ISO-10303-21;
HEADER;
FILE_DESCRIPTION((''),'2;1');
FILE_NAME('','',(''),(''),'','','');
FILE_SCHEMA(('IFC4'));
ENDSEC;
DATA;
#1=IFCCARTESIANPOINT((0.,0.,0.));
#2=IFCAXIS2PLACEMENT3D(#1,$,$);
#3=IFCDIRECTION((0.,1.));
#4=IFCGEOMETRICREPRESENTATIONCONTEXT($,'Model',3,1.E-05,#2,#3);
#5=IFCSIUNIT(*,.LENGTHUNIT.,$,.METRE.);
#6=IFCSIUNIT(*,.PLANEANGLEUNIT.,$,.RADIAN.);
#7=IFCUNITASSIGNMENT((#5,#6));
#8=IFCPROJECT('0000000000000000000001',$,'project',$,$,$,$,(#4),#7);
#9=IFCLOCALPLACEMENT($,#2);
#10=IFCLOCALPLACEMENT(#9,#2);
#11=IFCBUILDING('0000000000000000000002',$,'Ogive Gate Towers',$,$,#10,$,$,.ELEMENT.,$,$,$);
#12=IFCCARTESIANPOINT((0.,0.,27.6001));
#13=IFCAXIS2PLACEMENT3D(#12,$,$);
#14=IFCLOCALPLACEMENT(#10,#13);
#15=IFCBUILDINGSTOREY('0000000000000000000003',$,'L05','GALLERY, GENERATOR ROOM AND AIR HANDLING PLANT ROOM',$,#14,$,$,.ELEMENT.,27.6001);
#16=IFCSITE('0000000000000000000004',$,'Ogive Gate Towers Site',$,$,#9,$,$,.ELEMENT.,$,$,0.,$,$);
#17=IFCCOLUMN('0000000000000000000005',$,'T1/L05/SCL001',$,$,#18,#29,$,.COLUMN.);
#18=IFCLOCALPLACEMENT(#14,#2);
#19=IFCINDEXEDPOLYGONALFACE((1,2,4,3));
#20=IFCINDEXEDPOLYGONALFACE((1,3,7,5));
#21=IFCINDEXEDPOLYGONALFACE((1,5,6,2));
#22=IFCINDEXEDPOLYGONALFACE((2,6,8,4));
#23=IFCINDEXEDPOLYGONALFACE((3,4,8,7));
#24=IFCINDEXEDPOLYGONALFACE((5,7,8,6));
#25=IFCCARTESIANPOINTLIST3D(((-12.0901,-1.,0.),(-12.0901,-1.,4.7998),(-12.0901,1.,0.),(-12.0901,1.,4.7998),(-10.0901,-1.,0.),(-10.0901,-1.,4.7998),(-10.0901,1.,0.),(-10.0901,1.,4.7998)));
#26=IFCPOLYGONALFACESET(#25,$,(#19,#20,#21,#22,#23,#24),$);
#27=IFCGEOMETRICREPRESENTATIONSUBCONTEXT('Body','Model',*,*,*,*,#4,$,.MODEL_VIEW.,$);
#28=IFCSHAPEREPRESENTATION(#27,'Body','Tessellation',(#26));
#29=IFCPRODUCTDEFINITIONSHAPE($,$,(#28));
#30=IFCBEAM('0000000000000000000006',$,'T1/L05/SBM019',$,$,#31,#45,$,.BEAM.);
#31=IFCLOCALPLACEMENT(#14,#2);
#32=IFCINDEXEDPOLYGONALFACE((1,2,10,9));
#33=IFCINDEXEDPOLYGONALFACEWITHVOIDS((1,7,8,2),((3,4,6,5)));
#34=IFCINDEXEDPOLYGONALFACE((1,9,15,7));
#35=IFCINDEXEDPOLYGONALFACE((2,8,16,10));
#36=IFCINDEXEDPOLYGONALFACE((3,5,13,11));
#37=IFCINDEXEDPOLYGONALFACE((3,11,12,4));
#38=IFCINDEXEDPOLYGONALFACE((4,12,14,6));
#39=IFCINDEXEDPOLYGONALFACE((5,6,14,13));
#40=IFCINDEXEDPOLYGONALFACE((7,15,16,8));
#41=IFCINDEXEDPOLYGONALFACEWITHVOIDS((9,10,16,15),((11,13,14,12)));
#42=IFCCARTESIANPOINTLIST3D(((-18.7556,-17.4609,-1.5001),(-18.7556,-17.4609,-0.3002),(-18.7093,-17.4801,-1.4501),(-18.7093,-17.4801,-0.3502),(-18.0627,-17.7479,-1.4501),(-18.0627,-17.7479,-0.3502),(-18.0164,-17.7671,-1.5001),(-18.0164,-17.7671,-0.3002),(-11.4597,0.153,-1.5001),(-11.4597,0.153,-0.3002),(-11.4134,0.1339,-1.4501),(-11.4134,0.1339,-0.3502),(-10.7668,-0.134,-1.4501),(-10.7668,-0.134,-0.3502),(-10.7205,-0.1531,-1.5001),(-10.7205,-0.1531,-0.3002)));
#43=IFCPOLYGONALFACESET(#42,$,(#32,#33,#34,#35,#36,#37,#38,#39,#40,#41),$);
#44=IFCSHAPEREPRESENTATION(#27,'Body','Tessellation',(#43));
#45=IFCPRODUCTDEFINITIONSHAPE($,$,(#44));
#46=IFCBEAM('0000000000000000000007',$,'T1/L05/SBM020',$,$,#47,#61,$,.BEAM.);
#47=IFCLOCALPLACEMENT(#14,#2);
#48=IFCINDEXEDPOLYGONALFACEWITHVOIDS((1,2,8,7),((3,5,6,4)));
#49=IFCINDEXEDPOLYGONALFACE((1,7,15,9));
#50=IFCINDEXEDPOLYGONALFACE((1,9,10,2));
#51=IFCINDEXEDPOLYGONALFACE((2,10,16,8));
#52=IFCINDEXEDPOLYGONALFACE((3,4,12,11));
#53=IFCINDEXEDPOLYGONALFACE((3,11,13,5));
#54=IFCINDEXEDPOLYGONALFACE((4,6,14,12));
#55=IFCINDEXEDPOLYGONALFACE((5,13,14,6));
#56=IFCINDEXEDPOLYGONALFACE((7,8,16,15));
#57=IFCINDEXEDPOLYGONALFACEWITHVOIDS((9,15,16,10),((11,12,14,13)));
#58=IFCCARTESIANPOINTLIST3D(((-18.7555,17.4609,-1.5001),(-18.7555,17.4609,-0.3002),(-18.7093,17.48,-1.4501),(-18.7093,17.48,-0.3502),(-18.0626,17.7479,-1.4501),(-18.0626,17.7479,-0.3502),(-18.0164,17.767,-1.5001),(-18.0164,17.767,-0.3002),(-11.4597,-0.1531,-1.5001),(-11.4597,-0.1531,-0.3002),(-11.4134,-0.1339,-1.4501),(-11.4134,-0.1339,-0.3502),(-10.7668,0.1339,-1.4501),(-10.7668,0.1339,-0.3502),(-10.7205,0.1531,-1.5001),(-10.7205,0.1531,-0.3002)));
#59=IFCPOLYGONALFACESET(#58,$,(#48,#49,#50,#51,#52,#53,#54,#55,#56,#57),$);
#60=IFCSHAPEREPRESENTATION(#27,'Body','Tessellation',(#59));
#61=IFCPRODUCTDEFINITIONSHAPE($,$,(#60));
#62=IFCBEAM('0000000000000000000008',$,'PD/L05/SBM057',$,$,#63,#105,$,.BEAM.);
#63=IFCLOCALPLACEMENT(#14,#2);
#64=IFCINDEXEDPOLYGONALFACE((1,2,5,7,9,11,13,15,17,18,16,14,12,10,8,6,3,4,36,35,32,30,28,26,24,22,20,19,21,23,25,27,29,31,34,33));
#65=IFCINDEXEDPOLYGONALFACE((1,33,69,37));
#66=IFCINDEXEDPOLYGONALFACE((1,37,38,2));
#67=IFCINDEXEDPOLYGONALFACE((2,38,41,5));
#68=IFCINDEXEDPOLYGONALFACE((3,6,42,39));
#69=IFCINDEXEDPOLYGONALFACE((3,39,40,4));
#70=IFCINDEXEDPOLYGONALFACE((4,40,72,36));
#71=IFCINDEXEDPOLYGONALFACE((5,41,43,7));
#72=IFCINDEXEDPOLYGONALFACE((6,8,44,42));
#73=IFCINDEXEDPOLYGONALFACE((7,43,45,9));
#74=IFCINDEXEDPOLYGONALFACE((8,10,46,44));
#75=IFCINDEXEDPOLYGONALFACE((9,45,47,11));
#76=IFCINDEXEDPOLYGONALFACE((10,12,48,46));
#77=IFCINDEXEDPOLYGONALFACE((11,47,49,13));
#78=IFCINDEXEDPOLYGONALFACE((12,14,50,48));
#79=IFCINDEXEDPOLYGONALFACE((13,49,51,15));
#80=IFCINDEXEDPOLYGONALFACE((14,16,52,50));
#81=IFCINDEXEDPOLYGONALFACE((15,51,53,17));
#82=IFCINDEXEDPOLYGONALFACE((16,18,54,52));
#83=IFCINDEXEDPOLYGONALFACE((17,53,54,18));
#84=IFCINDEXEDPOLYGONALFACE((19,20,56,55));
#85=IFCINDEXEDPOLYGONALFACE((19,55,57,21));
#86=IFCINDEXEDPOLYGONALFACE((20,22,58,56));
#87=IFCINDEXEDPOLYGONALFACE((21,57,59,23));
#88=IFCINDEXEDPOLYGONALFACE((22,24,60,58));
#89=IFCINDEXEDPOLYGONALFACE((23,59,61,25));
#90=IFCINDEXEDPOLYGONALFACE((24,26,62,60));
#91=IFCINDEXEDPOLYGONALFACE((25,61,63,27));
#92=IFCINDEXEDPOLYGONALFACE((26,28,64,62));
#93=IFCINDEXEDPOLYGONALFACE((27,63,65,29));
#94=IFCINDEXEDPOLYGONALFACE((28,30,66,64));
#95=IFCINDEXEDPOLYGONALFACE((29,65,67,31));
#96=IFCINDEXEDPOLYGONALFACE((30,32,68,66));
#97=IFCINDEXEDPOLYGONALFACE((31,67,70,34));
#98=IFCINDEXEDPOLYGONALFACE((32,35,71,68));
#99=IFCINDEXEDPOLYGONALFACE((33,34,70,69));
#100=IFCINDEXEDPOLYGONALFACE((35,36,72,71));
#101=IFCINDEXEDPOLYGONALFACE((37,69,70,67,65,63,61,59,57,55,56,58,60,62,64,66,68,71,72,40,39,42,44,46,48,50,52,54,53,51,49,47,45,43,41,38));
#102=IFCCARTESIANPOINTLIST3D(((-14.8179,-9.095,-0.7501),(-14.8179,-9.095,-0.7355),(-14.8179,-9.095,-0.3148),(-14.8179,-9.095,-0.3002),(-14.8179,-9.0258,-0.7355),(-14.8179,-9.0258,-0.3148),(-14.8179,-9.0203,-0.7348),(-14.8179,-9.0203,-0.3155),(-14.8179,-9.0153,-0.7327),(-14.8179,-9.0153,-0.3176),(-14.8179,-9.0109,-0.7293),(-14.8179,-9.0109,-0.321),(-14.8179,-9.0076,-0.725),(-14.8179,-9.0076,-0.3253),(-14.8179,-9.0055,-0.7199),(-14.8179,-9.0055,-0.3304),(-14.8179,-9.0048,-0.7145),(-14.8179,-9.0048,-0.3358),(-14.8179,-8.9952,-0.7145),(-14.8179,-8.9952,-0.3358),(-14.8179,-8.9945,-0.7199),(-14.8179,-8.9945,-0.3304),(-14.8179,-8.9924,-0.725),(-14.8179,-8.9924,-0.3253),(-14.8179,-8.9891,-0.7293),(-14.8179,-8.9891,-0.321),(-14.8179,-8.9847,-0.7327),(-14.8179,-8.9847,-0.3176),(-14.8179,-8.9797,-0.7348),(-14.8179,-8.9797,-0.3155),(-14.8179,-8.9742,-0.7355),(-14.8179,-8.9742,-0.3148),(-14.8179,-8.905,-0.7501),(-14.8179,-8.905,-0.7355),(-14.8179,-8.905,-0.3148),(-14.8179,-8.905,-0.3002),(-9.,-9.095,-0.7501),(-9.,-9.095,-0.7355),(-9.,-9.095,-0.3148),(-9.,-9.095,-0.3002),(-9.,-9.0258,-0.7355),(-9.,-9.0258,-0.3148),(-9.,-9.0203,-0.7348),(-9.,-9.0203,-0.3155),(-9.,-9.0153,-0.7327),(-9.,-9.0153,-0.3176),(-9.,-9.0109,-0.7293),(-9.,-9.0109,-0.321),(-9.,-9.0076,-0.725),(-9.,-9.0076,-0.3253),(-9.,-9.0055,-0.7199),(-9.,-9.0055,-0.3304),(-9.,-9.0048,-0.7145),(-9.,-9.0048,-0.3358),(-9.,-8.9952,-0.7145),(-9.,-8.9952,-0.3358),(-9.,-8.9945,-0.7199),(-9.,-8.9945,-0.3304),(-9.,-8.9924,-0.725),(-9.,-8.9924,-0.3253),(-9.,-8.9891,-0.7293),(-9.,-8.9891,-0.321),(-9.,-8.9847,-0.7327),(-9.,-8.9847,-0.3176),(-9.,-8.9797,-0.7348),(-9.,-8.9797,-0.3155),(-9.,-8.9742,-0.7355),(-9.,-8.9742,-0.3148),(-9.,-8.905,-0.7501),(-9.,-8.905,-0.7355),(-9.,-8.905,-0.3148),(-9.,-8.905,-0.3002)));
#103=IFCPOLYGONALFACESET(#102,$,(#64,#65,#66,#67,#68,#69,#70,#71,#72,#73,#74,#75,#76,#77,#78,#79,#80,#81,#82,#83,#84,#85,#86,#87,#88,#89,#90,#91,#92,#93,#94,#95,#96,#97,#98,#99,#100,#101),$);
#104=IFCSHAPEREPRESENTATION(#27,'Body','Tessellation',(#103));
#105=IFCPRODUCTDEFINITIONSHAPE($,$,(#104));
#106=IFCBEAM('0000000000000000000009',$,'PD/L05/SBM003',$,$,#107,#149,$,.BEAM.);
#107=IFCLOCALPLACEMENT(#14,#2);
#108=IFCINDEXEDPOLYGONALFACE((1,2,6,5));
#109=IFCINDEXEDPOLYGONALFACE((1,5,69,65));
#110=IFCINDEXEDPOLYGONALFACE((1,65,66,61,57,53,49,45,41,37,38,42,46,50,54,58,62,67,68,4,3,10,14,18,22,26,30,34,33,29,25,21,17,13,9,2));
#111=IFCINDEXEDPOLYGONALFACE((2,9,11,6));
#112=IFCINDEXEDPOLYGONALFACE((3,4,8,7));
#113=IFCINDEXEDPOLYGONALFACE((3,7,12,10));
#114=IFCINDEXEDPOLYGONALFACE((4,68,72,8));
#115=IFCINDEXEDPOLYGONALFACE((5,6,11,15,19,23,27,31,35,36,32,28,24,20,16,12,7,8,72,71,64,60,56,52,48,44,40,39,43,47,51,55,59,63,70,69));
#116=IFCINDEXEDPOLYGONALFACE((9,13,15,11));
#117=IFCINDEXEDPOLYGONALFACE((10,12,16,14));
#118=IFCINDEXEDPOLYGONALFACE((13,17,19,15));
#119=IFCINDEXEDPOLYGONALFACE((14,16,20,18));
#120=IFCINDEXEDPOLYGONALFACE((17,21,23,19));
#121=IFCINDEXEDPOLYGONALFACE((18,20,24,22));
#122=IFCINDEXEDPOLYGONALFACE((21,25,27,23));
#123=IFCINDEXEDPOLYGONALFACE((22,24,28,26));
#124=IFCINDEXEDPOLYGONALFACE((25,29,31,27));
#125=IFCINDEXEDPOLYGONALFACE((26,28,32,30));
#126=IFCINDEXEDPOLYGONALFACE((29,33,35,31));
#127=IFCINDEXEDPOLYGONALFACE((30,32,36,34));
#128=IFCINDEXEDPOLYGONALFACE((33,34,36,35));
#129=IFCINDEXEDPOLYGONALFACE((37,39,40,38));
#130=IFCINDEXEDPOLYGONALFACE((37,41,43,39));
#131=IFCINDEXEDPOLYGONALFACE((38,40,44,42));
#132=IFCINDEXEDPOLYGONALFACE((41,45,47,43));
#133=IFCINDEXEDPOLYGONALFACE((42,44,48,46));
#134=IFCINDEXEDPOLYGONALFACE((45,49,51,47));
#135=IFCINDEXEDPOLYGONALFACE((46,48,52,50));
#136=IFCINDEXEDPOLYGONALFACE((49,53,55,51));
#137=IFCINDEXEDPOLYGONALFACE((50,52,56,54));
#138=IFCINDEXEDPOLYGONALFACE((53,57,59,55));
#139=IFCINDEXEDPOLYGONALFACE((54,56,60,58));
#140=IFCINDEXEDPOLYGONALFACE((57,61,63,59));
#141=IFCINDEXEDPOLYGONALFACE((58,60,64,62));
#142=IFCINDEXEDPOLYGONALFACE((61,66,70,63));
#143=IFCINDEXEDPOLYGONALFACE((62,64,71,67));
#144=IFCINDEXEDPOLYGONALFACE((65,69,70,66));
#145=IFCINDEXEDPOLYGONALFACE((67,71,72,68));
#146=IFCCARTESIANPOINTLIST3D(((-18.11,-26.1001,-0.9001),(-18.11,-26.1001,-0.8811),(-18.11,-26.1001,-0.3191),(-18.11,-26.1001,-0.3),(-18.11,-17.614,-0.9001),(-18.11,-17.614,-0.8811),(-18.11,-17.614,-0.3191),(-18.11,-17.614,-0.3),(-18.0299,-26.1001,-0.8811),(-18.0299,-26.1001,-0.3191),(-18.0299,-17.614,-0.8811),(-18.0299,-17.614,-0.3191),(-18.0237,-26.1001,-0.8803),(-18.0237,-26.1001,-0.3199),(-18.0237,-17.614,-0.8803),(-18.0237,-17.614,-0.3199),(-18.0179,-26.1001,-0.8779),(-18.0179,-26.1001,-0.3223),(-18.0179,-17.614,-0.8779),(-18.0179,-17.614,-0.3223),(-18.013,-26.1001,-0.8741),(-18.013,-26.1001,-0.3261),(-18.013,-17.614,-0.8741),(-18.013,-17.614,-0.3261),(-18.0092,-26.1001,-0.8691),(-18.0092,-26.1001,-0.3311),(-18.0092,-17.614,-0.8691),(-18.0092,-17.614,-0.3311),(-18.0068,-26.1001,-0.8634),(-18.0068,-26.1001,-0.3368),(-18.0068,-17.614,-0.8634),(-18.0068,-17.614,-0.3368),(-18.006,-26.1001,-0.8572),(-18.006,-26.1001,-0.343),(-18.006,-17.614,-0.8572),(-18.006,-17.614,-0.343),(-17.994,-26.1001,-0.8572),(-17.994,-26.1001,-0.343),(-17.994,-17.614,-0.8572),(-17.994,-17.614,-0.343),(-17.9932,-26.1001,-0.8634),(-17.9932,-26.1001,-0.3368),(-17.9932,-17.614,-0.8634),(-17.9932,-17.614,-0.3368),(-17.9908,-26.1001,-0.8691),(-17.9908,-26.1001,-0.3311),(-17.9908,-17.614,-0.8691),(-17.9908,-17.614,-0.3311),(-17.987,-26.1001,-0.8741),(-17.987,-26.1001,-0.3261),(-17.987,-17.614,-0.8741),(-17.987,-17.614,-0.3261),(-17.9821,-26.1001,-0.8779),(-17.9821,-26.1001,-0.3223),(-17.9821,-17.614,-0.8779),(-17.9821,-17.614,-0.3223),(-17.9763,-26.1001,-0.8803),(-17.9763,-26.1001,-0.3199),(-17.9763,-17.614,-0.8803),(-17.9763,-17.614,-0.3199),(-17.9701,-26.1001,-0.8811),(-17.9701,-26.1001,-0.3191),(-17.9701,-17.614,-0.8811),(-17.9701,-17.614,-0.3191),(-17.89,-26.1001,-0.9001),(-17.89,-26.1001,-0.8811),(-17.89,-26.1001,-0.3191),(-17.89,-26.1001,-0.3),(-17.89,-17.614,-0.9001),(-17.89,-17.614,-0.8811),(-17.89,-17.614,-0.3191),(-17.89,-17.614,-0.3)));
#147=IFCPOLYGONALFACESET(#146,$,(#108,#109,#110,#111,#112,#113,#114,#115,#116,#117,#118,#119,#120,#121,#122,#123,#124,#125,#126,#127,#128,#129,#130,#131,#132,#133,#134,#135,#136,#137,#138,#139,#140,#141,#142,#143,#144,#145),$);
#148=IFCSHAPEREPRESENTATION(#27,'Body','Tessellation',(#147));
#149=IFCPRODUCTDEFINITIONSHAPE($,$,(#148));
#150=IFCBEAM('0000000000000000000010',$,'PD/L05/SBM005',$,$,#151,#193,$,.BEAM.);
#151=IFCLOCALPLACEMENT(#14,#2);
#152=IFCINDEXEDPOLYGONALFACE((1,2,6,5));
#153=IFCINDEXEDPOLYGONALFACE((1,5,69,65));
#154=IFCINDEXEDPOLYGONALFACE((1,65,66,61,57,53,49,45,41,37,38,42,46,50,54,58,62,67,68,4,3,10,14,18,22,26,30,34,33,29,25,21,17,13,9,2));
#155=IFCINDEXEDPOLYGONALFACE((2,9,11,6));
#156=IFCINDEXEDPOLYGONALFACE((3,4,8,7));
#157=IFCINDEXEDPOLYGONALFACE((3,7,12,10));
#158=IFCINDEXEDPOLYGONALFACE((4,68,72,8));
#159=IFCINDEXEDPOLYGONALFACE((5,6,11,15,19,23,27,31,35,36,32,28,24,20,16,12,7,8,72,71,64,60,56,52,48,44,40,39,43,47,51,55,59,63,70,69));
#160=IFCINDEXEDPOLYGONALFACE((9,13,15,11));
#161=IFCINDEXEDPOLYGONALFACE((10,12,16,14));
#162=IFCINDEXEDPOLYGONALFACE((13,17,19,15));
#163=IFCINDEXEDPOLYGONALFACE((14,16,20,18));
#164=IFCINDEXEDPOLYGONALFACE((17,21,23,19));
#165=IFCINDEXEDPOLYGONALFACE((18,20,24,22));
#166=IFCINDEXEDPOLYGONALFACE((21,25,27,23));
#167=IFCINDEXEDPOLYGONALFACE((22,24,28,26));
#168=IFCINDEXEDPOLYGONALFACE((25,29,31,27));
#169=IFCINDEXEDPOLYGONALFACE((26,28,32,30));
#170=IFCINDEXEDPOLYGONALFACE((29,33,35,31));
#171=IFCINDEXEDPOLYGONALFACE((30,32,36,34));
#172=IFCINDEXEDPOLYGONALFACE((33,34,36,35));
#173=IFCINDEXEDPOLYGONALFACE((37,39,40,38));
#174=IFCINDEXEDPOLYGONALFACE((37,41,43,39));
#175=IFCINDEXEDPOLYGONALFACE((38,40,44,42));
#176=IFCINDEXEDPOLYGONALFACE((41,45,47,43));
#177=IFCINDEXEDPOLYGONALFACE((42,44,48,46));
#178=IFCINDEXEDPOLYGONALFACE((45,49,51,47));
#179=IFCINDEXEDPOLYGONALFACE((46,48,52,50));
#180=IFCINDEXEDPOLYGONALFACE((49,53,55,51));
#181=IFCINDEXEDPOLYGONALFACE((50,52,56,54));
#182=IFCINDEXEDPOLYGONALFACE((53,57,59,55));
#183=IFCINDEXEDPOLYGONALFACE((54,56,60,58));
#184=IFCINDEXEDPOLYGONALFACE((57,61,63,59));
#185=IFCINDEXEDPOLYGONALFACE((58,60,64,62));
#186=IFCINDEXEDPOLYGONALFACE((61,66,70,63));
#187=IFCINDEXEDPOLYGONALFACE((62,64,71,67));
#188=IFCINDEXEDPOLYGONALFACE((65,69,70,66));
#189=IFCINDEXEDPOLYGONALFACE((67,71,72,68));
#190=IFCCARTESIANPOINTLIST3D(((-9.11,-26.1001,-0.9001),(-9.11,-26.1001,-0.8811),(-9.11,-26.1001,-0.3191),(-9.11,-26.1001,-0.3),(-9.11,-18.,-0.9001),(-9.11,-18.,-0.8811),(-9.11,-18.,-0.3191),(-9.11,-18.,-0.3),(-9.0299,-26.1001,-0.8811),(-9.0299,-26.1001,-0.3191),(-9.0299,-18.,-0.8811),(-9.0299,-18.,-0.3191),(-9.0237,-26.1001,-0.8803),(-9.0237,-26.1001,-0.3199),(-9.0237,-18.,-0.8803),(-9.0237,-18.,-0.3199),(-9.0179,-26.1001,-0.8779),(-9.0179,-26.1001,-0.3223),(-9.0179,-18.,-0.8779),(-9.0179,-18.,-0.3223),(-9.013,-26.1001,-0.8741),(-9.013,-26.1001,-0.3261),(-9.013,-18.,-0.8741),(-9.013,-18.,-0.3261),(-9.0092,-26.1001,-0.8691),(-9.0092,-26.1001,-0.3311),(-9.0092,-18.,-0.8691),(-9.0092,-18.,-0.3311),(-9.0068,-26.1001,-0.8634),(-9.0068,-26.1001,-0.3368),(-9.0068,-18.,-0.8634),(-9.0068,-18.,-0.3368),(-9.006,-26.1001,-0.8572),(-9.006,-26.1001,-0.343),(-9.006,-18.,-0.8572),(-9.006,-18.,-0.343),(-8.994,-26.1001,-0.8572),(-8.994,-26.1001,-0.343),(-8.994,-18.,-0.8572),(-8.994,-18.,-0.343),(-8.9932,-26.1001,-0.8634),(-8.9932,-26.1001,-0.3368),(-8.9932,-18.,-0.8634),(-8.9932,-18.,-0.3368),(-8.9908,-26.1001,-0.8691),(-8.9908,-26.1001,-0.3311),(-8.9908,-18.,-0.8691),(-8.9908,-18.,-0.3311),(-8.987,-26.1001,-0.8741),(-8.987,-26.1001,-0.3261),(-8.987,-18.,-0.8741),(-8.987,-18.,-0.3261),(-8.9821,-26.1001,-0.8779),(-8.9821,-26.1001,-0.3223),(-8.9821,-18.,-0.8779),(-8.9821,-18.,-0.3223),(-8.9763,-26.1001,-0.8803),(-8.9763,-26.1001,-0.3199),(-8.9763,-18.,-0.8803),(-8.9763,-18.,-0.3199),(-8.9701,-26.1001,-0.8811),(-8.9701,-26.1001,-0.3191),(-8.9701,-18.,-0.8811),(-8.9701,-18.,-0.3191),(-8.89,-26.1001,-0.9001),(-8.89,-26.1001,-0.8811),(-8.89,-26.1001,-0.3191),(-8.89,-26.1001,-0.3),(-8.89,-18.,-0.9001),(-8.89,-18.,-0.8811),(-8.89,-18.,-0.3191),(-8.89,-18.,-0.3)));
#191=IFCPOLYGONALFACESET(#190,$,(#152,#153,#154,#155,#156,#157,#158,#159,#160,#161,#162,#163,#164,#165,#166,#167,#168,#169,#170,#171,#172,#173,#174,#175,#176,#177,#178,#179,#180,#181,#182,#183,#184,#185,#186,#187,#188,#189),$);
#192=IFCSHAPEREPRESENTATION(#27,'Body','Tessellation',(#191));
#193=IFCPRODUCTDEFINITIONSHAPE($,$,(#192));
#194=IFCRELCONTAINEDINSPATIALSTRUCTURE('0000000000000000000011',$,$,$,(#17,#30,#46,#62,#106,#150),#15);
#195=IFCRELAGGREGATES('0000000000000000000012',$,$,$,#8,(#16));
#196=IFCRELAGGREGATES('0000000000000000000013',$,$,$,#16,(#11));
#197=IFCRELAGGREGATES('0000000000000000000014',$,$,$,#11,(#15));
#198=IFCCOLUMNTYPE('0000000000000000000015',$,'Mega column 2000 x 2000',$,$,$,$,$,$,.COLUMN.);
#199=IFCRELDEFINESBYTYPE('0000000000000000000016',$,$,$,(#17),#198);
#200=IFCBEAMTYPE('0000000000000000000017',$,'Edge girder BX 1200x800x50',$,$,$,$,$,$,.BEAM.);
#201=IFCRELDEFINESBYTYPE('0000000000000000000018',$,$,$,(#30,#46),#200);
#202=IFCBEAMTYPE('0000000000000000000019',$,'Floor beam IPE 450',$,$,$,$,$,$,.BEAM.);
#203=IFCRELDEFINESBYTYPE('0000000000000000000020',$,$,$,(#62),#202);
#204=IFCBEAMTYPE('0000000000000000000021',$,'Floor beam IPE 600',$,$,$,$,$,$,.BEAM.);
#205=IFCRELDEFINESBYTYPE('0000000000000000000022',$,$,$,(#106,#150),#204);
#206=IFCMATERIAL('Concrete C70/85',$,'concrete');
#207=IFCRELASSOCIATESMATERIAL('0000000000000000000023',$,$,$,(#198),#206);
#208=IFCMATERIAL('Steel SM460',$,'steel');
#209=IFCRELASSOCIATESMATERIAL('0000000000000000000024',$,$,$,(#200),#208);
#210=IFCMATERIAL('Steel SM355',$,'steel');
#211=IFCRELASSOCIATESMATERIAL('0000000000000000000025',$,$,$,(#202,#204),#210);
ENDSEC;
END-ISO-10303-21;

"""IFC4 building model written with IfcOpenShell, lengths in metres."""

from ifc_helpers import new_model, si_unit, direction, frame, origin, origin_2d, place, context, subcontext, project, spatial, rectangle, hollow_rectangle, i_section, extrude, material, material_profile, profile_set, type_object, element, save


model = new_model("IFC4")

# Units and contexts
model_context = context("Model", 3, precision=1e-05, world=origin(), true_north=direction((0.0, 1.0)))
body_context = subcontext(model_context, "Body", "Model", "MODEL_VIEW")
ifc_project = project(units=[si_unit("LENGTHUNIT", "METRE"), si_unit("PLANEANGLEUNIT", "RADIAN")], contexts=[model_context])

# Site, building, storey
site_placement = place(None, origin())
site = spatial("IfcSite", under=ifc_project, at=site_placement, Name="Ogive Gate Towers Site", CompositionType="ELEMENT", RefElevation=0.0)
building_placement = place(site_placement, origin())
building = spatial("IfcBuilding", under=site, at=building_placement, Name="Ogive Gate Towers", CompositionType="ELEMENT")
storey_placement = place(building_placement, frame((0.0, 0.0, 27.6001)))
storey = spatial("IfcBuildingStorey", under=building, at=storey_placement, Name="L05", Description="GALLERY, GENERATOR ROOM AND AIR HANDLING PLANT ROOM", CompositionType="ELEMENT", Elevation=27.6001)

# Column
ifc_material_1 = material(Name="Concrete C70/85", Category="concrete")
ifc_material_profile_1 = material_profile(ifc_material_1, rectangle(XDim=2.0, YDim=2.0, at=origin_2d()), Name="RC 2000x2000")
ifc_profile_set_1 = profile_set([ifc_material_profile_1], Name="Concrete C70/85")
column_type = type_object("IfcColumnType", Name="Mega column 2000 x 2000", PredefinedType="COLUMN", material=ifc_profile_set_1)
column_placement = place(storey_placement, frame((-11.0901, 0.0, 0.0), z_axis=(0.0, 0.0, 1.0), x_axis=(1.0, 0.0, 0.0)))
element("IfcColumn", 1, at=column_placement, inside=storey, type_object=column_type, Name="T1/L05/SCL001", PredefinedType="COLUMN", context=body_context, shape_type="SweptSolid", body=[
    extrude(rectangle(XDim=2.0, YDim=2.0, at=origin_2d()), origin(), (0.0, 0.0, 1.0), 4.7998),
])

# Beams
ifc_material_2 = material(Name="Steel SM460", Category="steel")
ifc_material_profile_2 = material_profile(ifc_material_2, hollow_rectangle(XDim=0.8, YDim=1.2, WallThickness=0.05, at=origin_2d()), Name="BX 1200x800x50")
ifc_profile_set_2 = profile_set([ifc_material_profile_2], Name="Steel SM460")
beam_type_1 = type_object("IfcBeamType", Name="Edge girder BX 1200x800x50", PredefinedType="BEAM", material=ifc_profile_set_2)
for number, where, z_axis, x_axis, name in (
    (2, (-18.386, -17.614, -0.9001), (0.382681, 0.923881, 0.0), (-0.923881, 0.382681, 0.0), "T1/L05/SBM019"),
    (3, (-11.0901, 0.0, -0.9001), (-0.382681, 0.923881, 0.0), (-0.923881, -0.382681, 0.0), "T1/L05/SBM020"),
):
    element("IfcBeam", number, at=place(storey_placement, frame(where, z_axis=z_axis, x_axis=x_axis)), inside=storey, type_object=beam_type_1, Name=name, PredefinedType="BEAM", context=body_context, shape_type="SweptSolid", body=[
        extrude(hollow_rectangle(XDim=0.8, YDim=1.2, WallThickness=0.05, at=origin_2d()), origin(), (0.0, 0.0, 1.0), 19.0652),
    ])
ifc_material_3 = material(Name="Steel SM355", Category="steel")
ifc_material_profile_3 = material_profile(ifc_material_3, i_section(OverallWidth=0.1899, OverallDepth=0.45, WebThickness=0.0095, FlangeThickness=0.0146, FilletRadius=0.021, at=origin_2d()), Name="IPE 450")
ifc_profile_set_3 = profile_set([ifc_material_profile_3], Name="Steel SM355")
beam_type_2 = type_object("IfcBeamType", Name="Floor beam IPE 450", PredefinedType="BEAM", material=ifc_profile_set_3)
beam_1_placement = place(storey_placement, frame((-9.0, -9.0, -0.5251), z_axis=(-1.0, 0.0, 0.0), x_axis=(0.0, -1.0, 0.0)))
element("IfcBeam", 4, at=beam_1_placement, inside=storey, type_object=beam_type_2, Name="PD/L05/SBM057", PredefinedType="BEAM", context=body_context, shape_type="SweptSolid", body=[
    extrude(i_section(OverallWidth=0.1899, OverallDepth=0.45, WebThickness=0.0095, FlangeThickness=0.0146, FilletRadius=0.021, at=origin_2d()), origin(), (0.0, 0.0, 1.0), 5.8179),
])
ifc_material_profile_4 = material_profile(ifc_material_3, i_section(OverallWidth=0.22, OverallDepth=0.6001, WebThickness=0.012, FlangeThickness=0.019, FilletRadius=0.0239, at=origin_2d()), Name="IPE 600")
ifc_profile_set_4 = profile_set([ifc_material_profile_4], Name="Steel SM355")
beam_type_3 = type_object("IfcBeamType", Name="Floor beam IPE 600", PredefinedType="BEAM", material=ifc_profile_set_4)
beam_2_placement = place(storey_placement, frame((-18.0, -26.1001, -0.6001), z_axis=(0.0, 1.0, 0.0), x_axis=(-1.0, 0.0, 0.0)))
element("IfcBeam", 5, at=beam_2_placement, inside=storey, type_object=beam_type_3, Name="PD/L05/SBM003", PredefinedType="BEAM", context=body_context, shape_type="SweptSolid", body=[
    extrude(i_section(OverallWidth=0.22, OverallDepth=0.6001, WebThickness=0.012, FlangeThickness=0.019, FilletRadius=0.0239, at=origin_2d()), origin(), (0.0, 0.0, 1.0), 8.4861),
])
beam_3_placement = place(storey_placement, frame((-9.0, -26.1001, -0.6001), z_axis=(0.0, 1.0, 0.0), x_axis=(-1.0, 0.0, 0.0)))
element("IfcBeam", 6, at=beam_3_placement, inside=storey, type_object=beam_type_3, Name="PD/L05/SBM005", PredefinedType="BEAM", context=body_context, shape_type="SweptSolid", body=[
    extrude(i_section(OverallWidth=0.22, OverallDepth=0.6001, WebThickness=0.012, FlangeThickness=0.019, FilletRadius=0.0239, at=origin_2d()), origin(), (0.0, 0.0, 1.0), 8.1001),
])

save(model, "model.ifc")
